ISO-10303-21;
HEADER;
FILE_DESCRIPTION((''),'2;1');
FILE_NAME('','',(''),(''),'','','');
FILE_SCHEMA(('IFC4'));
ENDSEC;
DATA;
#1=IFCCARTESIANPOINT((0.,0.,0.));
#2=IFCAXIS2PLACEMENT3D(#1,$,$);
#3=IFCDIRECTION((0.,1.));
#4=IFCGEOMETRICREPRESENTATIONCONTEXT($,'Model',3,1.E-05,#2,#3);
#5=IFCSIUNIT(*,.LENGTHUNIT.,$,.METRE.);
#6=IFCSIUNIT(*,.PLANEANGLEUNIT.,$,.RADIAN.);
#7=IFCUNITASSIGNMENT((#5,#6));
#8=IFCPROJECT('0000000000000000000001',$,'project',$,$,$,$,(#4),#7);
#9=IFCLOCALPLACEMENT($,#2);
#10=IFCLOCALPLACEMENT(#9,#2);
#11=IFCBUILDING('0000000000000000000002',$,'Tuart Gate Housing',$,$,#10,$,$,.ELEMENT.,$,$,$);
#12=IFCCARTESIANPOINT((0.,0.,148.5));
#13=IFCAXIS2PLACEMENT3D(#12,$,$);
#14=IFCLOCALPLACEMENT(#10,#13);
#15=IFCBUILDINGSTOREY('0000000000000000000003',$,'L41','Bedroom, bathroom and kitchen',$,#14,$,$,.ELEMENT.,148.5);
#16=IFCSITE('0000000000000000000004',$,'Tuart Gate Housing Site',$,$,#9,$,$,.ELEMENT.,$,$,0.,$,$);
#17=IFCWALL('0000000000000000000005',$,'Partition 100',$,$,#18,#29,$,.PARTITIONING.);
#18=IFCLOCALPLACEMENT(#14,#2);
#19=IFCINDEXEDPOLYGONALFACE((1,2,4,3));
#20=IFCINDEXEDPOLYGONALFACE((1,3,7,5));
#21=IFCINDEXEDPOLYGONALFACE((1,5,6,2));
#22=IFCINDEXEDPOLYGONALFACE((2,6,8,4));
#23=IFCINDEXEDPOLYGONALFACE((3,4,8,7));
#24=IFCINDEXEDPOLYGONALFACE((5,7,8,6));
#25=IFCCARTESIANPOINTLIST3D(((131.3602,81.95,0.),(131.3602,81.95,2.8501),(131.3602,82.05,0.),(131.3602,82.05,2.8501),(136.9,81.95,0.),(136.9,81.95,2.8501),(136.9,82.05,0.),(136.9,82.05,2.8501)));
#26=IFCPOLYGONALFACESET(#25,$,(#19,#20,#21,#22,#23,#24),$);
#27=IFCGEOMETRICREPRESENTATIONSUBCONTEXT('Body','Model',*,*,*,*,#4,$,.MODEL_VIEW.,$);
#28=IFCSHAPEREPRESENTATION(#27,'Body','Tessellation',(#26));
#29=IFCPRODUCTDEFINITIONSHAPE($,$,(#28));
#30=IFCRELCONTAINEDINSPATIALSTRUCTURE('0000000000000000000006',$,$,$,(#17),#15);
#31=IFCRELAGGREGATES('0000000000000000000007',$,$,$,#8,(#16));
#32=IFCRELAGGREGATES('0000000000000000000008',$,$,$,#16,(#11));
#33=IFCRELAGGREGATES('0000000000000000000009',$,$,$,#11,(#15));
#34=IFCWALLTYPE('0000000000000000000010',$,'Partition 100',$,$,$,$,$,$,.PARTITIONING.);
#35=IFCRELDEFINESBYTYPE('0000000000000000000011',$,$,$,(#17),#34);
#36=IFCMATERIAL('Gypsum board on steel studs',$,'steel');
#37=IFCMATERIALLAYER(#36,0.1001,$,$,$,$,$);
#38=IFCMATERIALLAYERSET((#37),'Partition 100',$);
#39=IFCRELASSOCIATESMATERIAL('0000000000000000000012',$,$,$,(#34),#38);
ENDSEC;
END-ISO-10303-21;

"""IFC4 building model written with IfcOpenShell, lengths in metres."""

from ifc_helpers import new_model, si_unit, direction, frame, frame_2d, origin, place, context, subcontext, project, spatial, rectangle, extrude, material, layer, layer_set, type_object, element, save


model = new_model("IFC4")

# Units and contexts
model_context = context("Model", 3, precision=1e-05, world=origin(), true_north=direction((0.0, 1.0)))
body_context = subcontext(model_context, "Body", "Model", "MODEL_VIEW")
ifc_project = project(units=[si_unit("LENGTHUNIT", "METRE"), si_unit("PLANEANGLEUNIT", "RADIAN")], contexts=[model_context])

# Site, building, storey
site_placement = place(None, origin())
site = spatial("IfcSite", under=ifc_project, at=site_placement, Name="Tuart Gate Housing Site", CompositionType="ELEMENT", RefElevation=0.0)
building_placement = place(site_placement, origin())
building = spatial("IfcBuilding", under=site, at=building_placement, Name="Tuart Gate Housing", CompositionType="ELEMENT")
storey_placement = place(building_placement, frame((0.0, 0.0, 148.5)))
storey = spatial("IfcBuildingStorey", under=building, at=storey_placement, Name="L41", Description="Bedroom, bathroom and kitchen", CompositionType="ELEMENT", Elevation=148.5)

# Shared definitions
ifc_material_1 = material(Name="Gypsum board on steel studs", Category="steel")
ifc_layer_1 = layer(ifc_material_1, 0.1001)
ifc_layer_set_1 = layer_set([ifc_layer_1], Name="Partition 100")
wall_type_1 = type_object("IfcWallType", Name="Partition 100", PredefinedType="PARTITIONING", material=ifc_layer_set_1)

# Wall
wall_1_placement = place(storey_placement, frame((131.3601, 82.0, 0.0), z_axis=(0.0, 0.0, 1.0), x_axis=(1.0, 0.0, 0.0)))
element("IfcWall", 1, at=wall_1_placement, inside=storey, type_object=wall_type_1, Name="Partition 100", PredefinedType="PARTITIONING", context=body_context, shape_type="SweptSolid", body=[
    extrude(rectangle(XDim=5.5398, YDim=0.1001, at=frame_2d((2.77, 0.0))), origin(), (0.0, 0.0, 1.0), 2.8501),
])

save(model, "model.ifc")
